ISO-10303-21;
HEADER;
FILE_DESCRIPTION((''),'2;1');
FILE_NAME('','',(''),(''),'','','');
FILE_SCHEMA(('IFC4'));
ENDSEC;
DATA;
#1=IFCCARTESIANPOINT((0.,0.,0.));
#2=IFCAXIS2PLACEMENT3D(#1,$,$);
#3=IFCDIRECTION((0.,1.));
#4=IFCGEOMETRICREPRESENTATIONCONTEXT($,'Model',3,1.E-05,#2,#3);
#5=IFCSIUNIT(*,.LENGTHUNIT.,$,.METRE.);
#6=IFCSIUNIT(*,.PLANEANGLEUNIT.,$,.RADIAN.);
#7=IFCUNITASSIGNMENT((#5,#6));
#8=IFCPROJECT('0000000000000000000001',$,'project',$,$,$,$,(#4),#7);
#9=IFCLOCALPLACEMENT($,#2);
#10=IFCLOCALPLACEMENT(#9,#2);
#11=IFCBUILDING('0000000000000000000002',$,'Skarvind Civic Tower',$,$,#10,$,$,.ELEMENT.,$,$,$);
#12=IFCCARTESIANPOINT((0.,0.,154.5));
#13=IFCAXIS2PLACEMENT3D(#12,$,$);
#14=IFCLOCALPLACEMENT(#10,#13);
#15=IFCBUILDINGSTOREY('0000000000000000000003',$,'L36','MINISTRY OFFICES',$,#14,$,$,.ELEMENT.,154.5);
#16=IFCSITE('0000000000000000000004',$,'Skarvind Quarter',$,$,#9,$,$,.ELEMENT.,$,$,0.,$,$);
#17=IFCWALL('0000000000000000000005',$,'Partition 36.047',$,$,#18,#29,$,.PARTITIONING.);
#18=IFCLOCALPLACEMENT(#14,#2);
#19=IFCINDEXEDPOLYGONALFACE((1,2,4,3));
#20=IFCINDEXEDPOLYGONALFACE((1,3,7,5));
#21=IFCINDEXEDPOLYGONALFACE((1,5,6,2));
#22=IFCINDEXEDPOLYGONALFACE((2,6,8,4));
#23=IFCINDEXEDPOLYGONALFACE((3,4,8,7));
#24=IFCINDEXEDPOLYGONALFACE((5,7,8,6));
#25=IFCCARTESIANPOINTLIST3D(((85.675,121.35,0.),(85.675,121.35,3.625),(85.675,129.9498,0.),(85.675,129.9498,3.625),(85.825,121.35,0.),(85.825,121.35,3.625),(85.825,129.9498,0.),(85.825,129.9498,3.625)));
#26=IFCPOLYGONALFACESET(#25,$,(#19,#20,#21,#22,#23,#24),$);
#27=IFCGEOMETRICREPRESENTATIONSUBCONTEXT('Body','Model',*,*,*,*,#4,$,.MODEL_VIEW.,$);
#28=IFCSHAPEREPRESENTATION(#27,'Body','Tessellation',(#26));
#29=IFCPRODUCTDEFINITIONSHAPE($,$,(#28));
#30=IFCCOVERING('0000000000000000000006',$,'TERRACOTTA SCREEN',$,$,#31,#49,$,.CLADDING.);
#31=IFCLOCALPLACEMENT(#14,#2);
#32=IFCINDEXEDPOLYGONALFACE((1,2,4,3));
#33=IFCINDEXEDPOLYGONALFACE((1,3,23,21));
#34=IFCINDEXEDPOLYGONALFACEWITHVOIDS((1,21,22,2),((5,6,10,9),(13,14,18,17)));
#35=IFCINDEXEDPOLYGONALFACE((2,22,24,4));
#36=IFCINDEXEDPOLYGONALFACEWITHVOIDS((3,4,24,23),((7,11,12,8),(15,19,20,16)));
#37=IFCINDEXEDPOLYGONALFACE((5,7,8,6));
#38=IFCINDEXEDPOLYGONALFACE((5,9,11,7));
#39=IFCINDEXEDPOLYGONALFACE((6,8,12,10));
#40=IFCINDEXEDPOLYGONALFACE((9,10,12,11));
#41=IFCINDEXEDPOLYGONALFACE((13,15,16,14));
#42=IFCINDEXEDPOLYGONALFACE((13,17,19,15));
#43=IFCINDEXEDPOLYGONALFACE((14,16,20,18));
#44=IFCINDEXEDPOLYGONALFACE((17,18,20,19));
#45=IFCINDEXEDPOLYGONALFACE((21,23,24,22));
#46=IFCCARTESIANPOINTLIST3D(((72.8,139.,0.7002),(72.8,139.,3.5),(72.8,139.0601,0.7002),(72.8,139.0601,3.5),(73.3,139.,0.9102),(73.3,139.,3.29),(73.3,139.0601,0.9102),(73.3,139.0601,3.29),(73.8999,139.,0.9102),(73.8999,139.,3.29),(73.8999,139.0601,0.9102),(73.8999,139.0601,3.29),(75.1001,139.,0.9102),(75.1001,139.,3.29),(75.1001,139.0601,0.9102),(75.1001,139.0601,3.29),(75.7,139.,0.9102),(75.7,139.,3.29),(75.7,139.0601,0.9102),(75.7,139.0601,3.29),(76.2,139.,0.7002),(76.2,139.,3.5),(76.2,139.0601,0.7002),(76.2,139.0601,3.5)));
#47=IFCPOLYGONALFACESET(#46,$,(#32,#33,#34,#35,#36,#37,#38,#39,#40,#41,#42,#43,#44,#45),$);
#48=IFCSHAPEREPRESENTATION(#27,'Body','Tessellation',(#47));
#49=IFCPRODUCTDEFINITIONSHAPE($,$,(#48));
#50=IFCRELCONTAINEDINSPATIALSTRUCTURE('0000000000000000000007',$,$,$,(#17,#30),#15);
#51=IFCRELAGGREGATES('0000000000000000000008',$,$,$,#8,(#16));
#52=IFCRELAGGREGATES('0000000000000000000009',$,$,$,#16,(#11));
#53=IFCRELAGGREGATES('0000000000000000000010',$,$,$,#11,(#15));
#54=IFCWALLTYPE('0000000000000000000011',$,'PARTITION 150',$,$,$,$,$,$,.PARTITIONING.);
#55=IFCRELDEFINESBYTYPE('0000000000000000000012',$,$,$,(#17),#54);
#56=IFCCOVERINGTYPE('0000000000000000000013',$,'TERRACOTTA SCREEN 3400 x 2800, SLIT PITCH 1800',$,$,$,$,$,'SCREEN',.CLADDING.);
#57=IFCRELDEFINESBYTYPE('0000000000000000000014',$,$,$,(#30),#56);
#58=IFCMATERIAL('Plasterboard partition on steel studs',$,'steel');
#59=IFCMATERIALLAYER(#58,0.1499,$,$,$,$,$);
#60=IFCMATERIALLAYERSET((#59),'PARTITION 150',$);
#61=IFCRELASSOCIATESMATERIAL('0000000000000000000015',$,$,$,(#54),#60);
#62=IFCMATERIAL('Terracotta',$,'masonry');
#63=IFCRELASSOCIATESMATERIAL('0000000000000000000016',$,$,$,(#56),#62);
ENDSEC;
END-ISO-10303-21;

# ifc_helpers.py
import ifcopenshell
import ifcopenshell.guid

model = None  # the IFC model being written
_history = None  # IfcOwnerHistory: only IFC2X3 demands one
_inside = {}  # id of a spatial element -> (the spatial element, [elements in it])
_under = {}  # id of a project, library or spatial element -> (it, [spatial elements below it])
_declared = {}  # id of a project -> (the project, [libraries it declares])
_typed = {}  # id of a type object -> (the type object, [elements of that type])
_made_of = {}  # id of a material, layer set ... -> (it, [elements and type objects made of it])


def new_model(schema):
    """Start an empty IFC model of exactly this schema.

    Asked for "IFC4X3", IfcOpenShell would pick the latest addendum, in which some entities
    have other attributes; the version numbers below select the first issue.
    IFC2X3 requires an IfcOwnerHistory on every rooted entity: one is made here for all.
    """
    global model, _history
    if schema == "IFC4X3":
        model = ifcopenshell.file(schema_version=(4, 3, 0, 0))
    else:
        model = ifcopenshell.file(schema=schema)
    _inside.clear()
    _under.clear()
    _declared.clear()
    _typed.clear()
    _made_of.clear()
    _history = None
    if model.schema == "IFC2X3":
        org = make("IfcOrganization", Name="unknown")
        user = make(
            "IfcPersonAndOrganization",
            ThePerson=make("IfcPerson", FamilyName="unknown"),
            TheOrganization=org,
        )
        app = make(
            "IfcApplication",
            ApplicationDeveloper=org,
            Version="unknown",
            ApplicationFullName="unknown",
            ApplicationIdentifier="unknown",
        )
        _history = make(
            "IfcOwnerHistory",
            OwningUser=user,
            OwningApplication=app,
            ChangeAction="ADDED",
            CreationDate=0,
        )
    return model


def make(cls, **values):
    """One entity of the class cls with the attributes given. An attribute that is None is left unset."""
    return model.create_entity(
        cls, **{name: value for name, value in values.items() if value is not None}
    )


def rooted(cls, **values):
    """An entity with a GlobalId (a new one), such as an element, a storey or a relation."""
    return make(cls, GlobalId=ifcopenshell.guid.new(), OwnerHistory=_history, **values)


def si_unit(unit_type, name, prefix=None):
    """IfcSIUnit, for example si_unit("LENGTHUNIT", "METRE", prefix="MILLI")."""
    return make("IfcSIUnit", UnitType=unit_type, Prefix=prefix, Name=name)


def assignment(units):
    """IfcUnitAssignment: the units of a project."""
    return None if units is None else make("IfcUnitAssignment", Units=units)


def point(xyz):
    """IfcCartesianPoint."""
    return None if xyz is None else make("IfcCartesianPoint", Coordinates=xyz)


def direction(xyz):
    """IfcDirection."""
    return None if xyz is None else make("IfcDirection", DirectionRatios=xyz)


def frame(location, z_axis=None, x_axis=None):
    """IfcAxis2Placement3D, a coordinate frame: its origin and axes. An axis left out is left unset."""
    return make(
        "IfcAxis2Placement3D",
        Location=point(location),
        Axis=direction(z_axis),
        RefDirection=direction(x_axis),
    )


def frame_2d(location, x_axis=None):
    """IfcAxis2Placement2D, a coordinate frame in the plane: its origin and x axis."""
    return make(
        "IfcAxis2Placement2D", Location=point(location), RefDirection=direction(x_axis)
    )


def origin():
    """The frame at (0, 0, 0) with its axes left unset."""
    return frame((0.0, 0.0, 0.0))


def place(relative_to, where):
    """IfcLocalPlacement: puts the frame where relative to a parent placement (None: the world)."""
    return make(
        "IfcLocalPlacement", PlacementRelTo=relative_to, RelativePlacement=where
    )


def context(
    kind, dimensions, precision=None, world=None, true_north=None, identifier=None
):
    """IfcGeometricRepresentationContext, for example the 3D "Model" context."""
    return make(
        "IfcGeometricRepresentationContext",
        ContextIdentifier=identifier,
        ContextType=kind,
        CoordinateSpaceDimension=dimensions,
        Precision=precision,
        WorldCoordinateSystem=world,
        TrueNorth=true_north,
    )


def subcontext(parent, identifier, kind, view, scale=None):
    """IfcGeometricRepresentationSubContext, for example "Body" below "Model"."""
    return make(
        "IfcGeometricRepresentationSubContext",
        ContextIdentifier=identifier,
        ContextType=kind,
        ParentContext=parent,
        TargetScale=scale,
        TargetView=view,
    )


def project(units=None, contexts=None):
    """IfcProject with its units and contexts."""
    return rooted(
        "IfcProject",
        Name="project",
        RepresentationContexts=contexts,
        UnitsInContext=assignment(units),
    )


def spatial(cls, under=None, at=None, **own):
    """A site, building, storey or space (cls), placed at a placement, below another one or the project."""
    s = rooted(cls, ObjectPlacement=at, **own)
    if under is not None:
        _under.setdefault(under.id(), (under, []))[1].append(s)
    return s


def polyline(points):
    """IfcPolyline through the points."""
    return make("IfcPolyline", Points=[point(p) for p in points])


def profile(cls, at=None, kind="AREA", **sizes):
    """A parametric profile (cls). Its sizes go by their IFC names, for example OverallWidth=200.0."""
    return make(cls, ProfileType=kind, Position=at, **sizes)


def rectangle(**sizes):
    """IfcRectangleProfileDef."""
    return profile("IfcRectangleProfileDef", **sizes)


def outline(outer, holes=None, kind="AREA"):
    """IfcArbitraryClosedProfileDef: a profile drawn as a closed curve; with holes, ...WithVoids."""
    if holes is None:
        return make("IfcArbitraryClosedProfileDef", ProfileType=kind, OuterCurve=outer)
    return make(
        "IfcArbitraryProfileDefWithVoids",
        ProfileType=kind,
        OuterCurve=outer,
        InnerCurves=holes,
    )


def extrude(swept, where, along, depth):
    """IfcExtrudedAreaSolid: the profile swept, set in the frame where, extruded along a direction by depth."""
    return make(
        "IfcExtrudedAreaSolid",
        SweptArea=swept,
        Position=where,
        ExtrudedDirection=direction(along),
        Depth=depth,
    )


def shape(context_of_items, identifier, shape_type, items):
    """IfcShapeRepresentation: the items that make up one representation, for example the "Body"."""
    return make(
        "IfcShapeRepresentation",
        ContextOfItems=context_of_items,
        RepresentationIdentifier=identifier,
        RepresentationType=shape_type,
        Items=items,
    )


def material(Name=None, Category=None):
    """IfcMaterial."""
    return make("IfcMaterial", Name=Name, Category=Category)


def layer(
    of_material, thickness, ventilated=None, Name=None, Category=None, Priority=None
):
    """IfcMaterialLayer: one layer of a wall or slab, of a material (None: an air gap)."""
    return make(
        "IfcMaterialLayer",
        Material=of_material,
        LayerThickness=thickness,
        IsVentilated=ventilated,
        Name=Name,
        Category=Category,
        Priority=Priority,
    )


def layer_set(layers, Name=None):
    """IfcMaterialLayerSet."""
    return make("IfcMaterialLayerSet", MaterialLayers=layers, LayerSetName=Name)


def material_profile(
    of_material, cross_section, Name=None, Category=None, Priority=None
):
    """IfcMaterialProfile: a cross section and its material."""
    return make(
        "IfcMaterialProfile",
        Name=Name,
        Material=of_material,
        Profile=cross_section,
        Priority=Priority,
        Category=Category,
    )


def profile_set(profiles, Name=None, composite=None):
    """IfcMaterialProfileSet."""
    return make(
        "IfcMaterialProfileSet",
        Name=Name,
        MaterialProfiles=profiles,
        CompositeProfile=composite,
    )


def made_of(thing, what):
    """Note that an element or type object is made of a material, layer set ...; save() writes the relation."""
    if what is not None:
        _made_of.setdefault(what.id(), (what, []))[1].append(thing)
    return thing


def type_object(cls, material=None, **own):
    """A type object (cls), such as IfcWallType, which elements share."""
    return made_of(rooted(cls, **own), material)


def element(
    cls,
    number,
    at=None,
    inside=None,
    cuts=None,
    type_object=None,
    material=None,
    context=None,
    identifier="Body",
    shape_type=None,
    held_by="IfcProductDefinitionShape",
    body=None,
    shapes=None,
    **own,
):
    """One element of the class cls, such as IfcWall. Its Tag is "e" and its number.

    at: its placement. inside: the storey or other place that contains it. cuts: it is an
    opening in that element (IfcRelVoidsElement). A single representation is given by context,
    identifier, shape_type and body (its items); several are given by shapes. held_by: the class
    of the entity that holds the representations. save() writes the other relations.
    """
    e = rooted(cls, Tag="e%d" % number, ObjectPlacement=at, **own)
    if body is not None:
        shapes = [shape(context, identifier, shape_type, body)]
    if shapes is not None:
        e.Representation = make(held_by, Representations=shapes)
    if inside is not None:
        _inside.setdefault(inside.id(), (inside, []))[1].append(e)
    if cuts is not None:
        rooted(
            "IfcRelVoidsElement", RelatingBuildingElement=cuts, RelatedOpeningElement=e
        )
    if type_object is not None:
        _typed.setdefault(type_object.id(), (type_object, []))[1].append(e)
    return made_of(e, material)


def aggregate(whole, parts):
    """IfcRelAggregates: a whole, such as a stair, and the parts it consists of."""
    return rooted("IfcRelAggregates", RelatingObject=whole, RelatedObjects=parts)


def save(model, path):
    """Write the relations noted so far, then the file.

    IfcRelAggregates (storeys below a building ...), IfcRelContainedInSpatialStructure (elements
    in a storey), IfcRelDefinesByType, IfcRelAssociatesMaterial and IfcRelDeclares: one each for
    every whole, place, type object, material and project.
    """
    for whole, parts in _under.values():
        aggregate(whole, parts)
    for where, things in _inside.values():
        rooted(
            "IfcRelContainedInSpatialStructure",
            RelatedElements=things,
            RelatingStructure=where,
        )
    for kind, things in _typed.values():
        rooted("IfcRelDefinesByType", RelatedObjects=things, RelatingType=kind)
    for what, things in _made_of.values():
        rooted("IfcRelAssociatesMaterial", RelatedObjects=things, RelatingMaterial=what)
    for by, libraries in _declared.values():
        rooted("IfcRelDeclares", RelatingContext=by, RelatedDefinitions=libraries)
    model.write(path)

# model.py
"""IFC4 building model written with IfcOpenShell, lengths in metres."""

from ifc_helpers import new_model, si_unit, direction, frame, frame_2d, origin, place, context, subcontext, project, spatial, polyline, rectangle, outline, extrude, material, layer, layer_set, material_profile, profile_set, type_object, element, save


model = new_model("IFC4")

# Units and contexts
model_context = context("Model", 3, precision=1e-05, world=origin(), true_north=direction((0.0, 1.0)))
body_context = subcontext(model_context, "Body", "Model", "MODEL_VIEW")
ifc_project = project(units=[si_unit("LENGTHUNIT", "METRE"), si_unit("PLANEANGLEUNIT", "RADIAN")], contexts=[model_context])

# Site, building, storey
site_placement = place(None, origin())
site = spatial("IfcSite", under=ifc_project, at=site_placement, Name="Skarvind Quarter", CompositionType="ELEMENT", RefElevation=0.0)
building_placement = place(site_placement, origin())
building = spatial("IfcBuilding", under=site, at=building_placement, Name="Skarvind Civic Tower", CompositionType="ELEMENT")
storey_placement = place(building_placement, frame((0.0, 0.0, 154.5)))
storey = spatial("IfcBuildingStorey", under=building, at=storey_placement, Name="L36", Description="MINISTRY OFFICES", CompositionType="ELEMENT", Elevation=154.5)

# Wall
ifc_material_1 = material(Name="Plasterboard partition on steel studs", Category="steel")
ifc_layer_1 = layer(ifc_material_1, 0.1499)
ifc_layer_set_1 = layer_set([ifc_layer_1], Name="PARTITION 150")
wall_type_1 = type_object("IfcWallType", Name="PARTITION 150", PredefinedType="PARTITIONING", material=ifc_layer_set_1)
wall_1_placement = place(storey_placement, frame((85.75, 121.3501, 0.0), z_axis=(0.0, 0.0, 1.0), x_axis=(0.0, 1.0, 0.0)))
element("IfcWall", 1, at=wall_1_placement, inside=storey, type_object=wall_type_1, Name="Partition 36.047", PredefinedType="PARTITIONING", context=body_context, shape_type="SweptSolid", body=[
    extrude(rectangle(XDim=8.5999, YDim=0.1499, at=frame_2d((4.2998, 0.0))), origin(), (0.0, 0.0, 1.0), 3.625),
])

# Covering
ifc_material_2 = material(Name="Terracotta", Category="masonry")
ifc_material_profile_1 = material_profile(ifc_material_2, outline(polyline([(-1.7, -1.3999), (1.7, -1.3999), (1.7, 1.3999), (-1.7, 1.3999), (-1.7, -1.3999)]), holes=[polyline([(-1.2, -1.1899), (-0.6001, -1.1899), (-0.6001, 1.1899), (-1.2, 1.1899), (-1.2, -1.1899)]), polyline([(0.6001, -1.1899), (1.2, -1.1899), (1.2, 1.1899), (0.6001, 1.1899), (0.6001, -1.1899)])]), Name="TERRACOTTA SCREEN 3400 x 2800, SLIT PITCH 1800")
ifc_profile_set_1 = profile_set([ifc_material_profile_1], Name="Terracotta")
covering_type = type_object("IfcCoveringType", Name="TERRACOTTA SCREEN 3400 x 2800, SLIT PITCH 1800", ElementType="SCREEN", PredefinedType="CLADDING", material=ifc_profile_set_1)
covering_placement = place(storey_placement, frame((74.5, 139.0, 2.1001), z_axis=(0.0, 1.0, 0.0), x_axis=(-1.0, 0.0, 0.0)))
element("IfcCovering", 2, at=covering_placement, inside=storey, type_object=covering_type, Name="TERRACOTTA SCREEN", PredefinedType="CLADDING", context=body_context, shape_type="SweptSolid", body=[
    extrude(outline(polyline([(-1.7, -1.3999), (1.7, -1.3999), (1.7, 1.3999), (-1.7, 1.3999), (-1.7, -1.3999)]), holes=[polyline([(-1.2, -1.1899), (-0.6001, -1.1899), (-0.6001, 1.1899), (-1.2, 1.1899), (-1.2, -1.1899)]), polyline([(0.6001, -1.1899), (1.2, -1.1899), (1.2, 1.1899), (0.6001, 1.1899), (0.6001, -1.1899)])]), origin(), (0.0, 0.0, 1.0), 0.0601),
])

save(model, "model.ifc")
